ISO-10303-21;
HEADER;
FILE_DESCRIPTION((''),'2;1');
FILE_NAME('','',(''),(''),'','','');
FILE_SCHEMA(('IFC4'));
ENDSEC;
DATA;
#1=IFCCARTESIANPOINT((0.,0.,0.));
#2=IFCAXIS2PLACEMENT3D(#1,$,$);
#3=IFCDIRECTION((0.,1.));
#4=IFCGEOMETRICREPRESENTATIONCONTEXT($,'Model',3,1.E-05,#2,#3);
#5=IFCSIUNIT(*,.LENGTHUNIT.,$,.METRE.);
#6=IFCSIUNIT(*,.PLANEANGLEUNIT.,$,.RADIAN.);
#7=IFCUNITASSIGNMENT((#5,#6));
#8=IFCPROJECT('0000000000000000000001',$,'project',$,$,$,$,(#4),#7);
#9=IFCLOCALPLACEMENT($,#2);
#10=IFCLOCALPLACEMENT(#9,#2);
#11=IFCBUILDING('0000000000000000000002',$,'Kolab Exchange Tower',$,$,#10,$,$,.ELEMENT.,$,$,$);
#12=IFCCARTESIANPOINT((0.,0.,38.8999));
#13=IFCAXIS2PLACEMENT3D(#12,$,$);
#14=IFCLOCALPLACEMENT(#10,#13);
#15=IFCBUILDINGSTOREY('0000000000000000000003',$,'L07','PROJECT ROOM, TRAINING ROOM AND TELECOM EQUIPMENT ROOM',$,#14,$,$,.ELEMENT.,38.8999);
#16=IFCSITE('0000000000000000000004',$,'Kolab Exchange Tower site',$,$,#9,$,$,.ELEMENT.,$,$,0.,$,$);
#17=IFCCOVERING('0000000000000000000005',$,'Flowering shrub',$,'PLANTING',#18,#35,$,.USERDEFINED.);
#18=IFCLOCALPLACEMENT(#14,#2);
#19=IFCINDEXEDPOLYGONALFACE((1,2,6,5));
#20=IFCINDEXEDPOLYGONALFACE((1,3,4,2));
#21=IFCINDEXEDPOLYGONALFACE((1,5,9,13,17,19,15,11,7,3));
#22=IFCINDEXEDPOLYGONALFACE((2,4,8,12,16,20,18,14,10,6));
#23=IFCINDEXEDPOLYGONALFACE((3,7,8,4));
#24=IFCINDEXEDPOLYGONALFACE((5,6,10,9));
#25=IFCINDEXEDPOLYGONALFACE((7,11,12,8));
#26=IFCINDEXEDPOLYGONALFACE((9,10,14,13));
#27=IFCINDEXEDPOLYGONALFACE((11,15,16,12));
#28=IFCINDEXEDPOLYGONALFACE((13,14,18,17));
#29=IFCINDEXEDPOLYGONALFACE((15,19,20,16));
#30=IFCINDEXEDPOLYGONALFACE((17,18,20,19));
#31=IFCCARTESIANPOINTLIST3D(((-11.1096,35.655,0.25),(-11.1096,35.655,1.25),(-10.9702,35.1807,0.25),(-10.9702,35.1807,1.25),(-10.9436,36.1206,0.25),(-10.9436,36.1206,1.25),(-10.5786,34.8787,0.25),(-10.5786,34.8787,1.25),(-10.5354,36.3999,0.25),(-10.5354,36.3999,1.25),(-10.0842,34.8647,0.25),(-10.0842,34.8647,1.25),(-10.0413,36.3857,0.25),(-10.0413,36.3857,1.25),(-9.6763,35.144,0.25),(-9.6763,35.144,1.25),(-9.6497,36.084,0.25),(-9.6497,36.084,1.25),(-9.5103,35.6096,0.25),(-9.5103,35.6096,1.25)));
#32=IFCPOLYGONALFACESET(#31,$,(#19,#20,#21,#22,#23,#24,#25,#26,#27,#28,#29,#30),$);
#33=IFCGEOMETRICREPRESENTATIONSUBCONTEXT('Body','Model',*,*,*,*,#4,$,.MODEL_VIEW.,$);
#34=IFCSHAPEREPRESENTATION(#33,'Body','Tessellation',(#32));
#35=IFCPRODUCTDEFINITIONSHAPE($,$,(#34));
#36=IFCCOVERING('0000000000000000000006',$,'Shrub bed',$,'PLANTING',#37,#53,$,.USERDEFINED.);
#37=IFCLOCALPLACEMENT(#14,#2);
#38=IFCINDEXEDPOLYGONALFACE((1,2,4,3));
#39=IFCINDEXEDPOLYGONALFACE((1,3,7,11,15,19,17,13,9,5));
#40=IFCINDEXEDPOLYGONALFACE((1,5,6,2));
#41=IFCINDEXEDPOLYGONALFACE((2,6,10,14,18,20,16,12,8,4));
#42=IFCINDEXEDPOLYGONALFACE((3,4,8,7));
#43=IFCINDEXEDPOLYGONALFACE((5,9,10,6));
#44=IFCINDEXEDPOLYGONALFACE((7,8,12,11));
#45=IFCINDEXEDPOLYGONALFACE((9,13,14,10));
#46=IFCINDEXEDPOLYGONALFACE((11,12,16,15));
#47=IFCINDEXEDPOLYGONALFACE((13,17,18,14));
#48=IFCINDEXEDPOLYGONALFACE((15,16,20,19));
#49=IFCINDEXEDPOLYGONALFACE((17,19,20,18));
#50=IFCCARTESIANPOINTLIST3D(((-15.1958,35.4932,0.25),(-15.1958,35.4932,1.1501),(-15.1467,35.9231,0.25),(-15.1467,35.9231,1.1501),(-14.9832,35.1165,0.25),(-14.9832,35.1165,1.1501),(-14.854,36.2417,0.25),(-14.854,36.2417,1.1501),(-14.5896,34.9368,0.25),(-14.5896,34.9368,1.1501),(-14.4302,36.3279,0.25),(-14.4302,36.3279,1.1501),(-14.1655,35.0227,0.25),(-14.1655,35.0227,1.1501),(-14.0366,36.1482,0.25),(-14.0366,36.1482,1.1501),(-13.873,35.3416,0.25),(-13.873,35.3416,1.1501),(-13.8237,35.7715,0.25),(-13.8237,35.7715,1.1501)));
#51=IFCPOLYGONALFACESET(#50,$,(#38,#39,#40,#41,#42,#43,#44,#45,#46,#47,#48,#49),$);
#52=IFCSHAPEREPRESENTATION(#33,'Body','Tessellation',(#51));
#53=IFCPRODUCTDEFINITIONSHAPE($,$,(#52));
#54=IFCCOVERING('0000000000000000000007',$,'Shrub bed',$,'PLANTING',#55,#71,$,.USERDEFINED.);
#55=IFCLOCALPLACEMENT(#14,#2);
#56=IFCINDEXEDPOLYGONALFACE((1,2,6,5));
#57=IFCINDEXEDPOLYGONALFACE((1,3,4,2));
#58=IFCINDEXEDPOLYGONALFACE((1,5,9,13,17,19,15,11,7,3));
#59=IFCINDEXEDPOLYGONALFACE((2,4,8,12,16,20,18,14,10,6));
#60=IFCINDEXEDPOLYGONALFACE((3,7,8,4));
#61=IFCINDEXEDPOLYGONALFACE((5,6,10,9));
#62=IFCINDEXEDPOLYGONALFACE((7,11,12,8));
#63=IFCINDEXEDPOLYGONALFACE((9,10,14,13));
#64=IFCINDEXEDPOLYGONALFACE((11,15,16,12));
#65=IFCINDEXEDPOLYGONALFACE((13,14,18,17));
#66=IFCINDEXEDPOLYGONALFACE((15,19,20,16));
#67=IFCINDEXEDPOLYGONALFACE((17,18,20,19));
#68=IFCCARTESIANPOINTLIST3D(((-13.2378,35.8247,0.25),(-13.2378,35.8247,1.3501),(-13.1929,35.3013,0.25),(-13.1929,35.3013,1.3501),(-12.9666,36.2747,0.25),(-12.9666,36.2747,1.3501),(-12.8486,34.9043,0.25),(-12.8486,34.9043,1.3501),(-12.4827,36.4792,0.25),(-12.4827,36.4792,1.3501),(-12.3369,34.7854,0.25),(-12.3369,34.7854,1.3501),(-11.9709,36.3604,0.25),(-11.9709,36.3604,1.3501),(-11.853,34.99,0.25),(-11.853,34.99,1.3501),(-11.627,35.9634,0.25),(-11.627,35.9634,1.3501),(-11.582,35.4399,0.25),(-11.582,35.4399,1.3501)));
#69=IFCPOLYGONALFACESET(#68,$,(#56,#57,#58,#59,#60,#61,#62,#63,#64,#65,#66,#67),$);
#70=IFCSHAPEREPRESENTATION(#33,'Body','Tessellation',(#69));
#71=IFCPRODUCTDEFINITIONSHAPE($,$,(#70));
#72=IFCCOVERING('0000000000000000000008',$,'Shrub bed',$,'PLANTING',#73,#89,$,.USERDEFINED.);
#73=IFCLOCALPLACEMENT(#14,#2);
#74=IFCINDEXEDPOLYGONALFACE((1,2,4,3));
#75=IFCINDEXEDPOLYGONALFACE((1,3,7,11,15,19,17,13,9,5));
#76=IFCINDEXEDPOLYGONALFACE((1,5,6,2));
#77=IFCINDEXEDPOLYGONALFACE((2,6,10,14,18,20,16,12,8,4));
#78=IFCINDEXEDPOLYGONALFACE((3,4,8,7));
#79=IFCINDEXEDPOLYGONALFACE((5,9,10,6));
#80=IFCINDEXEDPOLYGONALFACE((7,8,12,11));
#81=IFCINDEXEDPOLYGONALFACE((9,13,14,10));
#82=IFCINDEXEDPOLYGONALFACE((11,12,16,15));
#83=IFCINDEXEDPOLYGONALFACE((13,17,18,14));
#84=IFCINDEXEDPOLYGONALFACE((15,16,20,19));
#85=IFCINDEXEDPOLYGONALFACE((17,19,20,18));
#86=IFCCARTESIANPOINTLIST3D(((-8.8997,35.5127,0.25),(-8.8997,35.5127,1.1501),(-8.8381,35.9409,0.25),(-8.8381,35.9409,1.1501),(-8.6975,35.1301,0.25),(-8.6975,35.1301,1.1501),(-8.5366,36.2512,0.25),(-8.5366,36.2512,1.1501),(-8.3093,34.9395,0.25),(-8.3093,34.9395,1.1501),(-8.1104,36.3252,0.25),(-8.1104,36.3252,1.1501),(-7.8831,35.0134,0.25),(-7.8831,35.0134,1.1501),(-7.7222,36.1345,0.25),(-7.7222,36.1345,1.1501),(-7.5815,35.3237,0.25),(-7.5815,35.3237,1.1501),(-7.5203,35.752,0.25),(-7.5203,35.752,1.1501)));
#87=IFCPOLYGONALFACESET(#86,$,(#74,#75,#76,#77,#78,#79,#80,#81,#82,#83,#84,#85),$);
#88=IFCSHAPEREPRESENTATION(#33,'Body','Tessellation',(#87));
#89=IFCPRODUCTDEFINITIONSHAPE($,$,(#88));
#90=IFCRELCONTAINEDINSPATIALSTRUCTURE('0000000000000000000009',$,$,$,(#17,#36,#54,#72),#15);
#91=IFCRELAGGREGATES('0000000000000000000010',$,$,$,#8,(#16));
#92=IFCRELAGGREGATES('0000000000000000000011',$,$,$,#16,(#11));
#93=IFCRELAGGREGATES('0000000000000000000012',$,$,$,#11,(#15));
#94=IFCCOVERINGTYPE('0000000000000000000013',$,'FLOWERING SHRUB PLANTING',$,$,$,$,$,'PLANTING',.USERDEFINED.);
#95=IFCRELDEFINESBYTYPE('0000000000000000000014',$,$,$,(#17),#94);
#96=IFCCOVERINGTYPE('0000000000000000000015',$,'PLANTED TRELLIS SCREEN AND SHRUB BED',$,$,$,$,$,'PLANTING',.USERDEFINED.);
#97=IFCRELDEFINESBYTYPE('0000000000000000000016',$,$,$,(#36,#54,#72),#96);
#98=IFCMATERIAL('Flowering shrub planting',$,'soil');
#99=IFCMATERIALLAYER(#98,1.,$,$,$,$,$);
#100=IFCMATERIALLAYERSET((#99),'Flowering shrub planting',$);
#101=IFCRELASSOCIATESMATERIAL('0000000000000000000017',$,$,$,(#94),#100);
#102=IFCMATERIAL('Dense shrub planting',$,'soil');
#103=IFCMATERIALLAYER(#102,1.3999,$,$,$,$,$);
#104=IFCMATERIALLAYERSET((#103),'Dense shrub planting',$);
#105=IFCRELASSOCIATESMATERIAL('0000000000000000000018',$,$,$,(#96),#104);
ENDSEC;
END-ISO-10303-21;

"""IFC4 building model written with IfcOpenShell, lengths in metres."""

from ifc_helpers import new_model, si_unit, direction, frame, origin, place, context, subcontext, project, spatial, polyline, outline, extrude, material, layer, layer_set, type_object, element, save


model = new_model("IFC4")

# Units and contexts
model_context = context("Model", 3, precision=1e-05, world=origin(), true_north=direction((0.0, 1.0)))
body_context = subcontext(model_context, "Body", "Model", "MODEL_VIEW")
ifc_project = project(units=[si_unit("LENGTHUNIT", "METRE"), si_unit("PLANEANGLEUNIT", "RADIAN")], contexts=[model_context])

# Site, building, storey
site_placement = place(None, origin())
site = spatial("IfcSite", under=ifc_project, at=site_placement, Name="Kolab Exchange Tower site", CompositionType="ELEMENT", RefElevation=0.0)
building_placement = place(site_placement, origin())
building = spatial("IfcBuilding", under=site, at=building_placement, Name="Kolab Exchange Tower", CompositionType="ELEMENT")
storey_placement = place(building_placement, frame((0.0, 0.0, 38.8999)))
storey = spatial("IfcBuildingStorey", under=building, at=storey_placement, Name="L07", Description="PROJECT ROOM, TRAINING ROOM AND TELECOM EQUIPMENT ROOM", CompositionType="ELEMENT", Elevation=38.8999)

# Coverings
ifc_material_1 = material(Name="Flowering shrub planting", Category="soil")
ifc_layer_1 = layer(ifc_material_1, 1.0)
ifc_layer_set_1 = layer_set([ifc_layer_1], Name="Flowering shrub planting")
covering_type_1 = type_object("IfcCoveringType", Name="FLOWERING SHRUB PLANTING", ElementType="PLANTING", PredefinedType="USERDEFINED", material=ifc_layer_set_1)
covering_1_placement = place(storey_placement, frame((0.0, 0.0, 0.25)))
element("IfcCovering", 1, at=covering_1_placement, inside=storey, type_object=covering_type_1, Name="Flowering shrub", ObjectType="PLANTING", PredefinedType="USERDEFINED", context=body_context, shape_type="SweptSolid", body=[
    extrude(outline(polyline([(-9.6497, 36.084), (-10.0413, 36.3857), (-10.5354, 36.3999), (-10.9436, 36.1206), (-11.1096, 35.655), (-10.9702, 35.1807), (-10.5786, 34.8787), (-10.0842, 34.8647), (-9.6763, 35.144), (-9.5103, 35.6096), (-9.6497, 36.084)])), origin(), (0.0, 0.0, 1.0), 1.0),
])
ifc_material_2 = material(Name="Dense shrub planting", Category="soil")
ifc_layer_2 = layer(ifc_material_2, 1.3999)
ifc_layer_set_2 = layer_set([ifc_layer_2], Name="Dense shrub planting")
covering_type_2 = type_object("IfcCoveringType", Name="PLANTED TRELLIS SCREEN AND SHRUB BED", ElementType="PLANTING", PredefinedType="USERDEFINED", material=ifc_layer_set_2)
covering_2_placement = place(storey_placement, frame((0.0, 0.0, 0.25)))
element("IfcCovering", 2, at=covering_2_placement, inside=storey, type_object=covering_type_2, Name="Shrub bed", ObjectType="PLANTING", PredefinedType="USERDEFINED", context=body_context, shape_type="SweptSolid", body=[
    extrude(outline(polyline([(-13.8237, 35.7715), (-14.0366, 36.1482), (-14.4302, 36.3279), (-14.854, 36.2417), (-15.1467, 35.9231), (-15.1958, 35.4932), (-14.9832, 35.1165), (-14.5896, 34.9368), (-14.1655, 35.0227), (-13.873, 35.3416), (-13.8237, 35.7715)])), origin(), (0.0, 0.0, 1.0), 0.9001),
])
covering_3_placement = place(storey_placement, frame((0.0, 0.0, 0.25)))
element("IfcCovering", 3, at=covering_3_placement, inside=storey, type_object=covering_type_2, Name="Shrub bed", ObjectType="PLANTING", PredefinedType="USERDEFINED", context=body_context, shape_type="SweptSolid", body=[
    extrude(outline(polyline([(-11.627, 35.9634), (-11.9709, 36.3604), (-12.4827, 36.4792), (-12.9666, 36.2747), (-13.2378, 35.8247), (-13.1929, 35.3013), (-12.8486, 34.9043), (-12.3369, 34.7854), (-11.853, 34.99), (-11.582, 35.4399), (-11.627, 35.9634)])), origin(), (0.0, 0.0, 1.0), 1.1001),
])
covering_4_placement = place(storey_placement, frame((0.0, 0.0, 0.25)))
element("IfcCovering", 4, at=covering_4_placement, inside=storey, type_object=covering_type_2, Name="Shrub bed", ObjectType="PLANTING", PredefinedType="USERDEFINED", context=body_context, shape_type="SweptSolid", body=[
    extrude(outline(polyline([(-7.7222, 36.1345), (-8.1104, 36.3252), (-8.5366, 36.2512), (-8.8381, 35.9409), (-8.8997, 35.5127), (-8.6975, 35.1301), (-8.3093, 34.9395), (-7.8831, 35.0134), (-7.5815, 35.3237), (-7.5203, 35.752), (-7.7222, 36.1345)])), origin(), (0.0, 0.0, 1.0), 0.9001),
])

save(model, "model.ifc")
